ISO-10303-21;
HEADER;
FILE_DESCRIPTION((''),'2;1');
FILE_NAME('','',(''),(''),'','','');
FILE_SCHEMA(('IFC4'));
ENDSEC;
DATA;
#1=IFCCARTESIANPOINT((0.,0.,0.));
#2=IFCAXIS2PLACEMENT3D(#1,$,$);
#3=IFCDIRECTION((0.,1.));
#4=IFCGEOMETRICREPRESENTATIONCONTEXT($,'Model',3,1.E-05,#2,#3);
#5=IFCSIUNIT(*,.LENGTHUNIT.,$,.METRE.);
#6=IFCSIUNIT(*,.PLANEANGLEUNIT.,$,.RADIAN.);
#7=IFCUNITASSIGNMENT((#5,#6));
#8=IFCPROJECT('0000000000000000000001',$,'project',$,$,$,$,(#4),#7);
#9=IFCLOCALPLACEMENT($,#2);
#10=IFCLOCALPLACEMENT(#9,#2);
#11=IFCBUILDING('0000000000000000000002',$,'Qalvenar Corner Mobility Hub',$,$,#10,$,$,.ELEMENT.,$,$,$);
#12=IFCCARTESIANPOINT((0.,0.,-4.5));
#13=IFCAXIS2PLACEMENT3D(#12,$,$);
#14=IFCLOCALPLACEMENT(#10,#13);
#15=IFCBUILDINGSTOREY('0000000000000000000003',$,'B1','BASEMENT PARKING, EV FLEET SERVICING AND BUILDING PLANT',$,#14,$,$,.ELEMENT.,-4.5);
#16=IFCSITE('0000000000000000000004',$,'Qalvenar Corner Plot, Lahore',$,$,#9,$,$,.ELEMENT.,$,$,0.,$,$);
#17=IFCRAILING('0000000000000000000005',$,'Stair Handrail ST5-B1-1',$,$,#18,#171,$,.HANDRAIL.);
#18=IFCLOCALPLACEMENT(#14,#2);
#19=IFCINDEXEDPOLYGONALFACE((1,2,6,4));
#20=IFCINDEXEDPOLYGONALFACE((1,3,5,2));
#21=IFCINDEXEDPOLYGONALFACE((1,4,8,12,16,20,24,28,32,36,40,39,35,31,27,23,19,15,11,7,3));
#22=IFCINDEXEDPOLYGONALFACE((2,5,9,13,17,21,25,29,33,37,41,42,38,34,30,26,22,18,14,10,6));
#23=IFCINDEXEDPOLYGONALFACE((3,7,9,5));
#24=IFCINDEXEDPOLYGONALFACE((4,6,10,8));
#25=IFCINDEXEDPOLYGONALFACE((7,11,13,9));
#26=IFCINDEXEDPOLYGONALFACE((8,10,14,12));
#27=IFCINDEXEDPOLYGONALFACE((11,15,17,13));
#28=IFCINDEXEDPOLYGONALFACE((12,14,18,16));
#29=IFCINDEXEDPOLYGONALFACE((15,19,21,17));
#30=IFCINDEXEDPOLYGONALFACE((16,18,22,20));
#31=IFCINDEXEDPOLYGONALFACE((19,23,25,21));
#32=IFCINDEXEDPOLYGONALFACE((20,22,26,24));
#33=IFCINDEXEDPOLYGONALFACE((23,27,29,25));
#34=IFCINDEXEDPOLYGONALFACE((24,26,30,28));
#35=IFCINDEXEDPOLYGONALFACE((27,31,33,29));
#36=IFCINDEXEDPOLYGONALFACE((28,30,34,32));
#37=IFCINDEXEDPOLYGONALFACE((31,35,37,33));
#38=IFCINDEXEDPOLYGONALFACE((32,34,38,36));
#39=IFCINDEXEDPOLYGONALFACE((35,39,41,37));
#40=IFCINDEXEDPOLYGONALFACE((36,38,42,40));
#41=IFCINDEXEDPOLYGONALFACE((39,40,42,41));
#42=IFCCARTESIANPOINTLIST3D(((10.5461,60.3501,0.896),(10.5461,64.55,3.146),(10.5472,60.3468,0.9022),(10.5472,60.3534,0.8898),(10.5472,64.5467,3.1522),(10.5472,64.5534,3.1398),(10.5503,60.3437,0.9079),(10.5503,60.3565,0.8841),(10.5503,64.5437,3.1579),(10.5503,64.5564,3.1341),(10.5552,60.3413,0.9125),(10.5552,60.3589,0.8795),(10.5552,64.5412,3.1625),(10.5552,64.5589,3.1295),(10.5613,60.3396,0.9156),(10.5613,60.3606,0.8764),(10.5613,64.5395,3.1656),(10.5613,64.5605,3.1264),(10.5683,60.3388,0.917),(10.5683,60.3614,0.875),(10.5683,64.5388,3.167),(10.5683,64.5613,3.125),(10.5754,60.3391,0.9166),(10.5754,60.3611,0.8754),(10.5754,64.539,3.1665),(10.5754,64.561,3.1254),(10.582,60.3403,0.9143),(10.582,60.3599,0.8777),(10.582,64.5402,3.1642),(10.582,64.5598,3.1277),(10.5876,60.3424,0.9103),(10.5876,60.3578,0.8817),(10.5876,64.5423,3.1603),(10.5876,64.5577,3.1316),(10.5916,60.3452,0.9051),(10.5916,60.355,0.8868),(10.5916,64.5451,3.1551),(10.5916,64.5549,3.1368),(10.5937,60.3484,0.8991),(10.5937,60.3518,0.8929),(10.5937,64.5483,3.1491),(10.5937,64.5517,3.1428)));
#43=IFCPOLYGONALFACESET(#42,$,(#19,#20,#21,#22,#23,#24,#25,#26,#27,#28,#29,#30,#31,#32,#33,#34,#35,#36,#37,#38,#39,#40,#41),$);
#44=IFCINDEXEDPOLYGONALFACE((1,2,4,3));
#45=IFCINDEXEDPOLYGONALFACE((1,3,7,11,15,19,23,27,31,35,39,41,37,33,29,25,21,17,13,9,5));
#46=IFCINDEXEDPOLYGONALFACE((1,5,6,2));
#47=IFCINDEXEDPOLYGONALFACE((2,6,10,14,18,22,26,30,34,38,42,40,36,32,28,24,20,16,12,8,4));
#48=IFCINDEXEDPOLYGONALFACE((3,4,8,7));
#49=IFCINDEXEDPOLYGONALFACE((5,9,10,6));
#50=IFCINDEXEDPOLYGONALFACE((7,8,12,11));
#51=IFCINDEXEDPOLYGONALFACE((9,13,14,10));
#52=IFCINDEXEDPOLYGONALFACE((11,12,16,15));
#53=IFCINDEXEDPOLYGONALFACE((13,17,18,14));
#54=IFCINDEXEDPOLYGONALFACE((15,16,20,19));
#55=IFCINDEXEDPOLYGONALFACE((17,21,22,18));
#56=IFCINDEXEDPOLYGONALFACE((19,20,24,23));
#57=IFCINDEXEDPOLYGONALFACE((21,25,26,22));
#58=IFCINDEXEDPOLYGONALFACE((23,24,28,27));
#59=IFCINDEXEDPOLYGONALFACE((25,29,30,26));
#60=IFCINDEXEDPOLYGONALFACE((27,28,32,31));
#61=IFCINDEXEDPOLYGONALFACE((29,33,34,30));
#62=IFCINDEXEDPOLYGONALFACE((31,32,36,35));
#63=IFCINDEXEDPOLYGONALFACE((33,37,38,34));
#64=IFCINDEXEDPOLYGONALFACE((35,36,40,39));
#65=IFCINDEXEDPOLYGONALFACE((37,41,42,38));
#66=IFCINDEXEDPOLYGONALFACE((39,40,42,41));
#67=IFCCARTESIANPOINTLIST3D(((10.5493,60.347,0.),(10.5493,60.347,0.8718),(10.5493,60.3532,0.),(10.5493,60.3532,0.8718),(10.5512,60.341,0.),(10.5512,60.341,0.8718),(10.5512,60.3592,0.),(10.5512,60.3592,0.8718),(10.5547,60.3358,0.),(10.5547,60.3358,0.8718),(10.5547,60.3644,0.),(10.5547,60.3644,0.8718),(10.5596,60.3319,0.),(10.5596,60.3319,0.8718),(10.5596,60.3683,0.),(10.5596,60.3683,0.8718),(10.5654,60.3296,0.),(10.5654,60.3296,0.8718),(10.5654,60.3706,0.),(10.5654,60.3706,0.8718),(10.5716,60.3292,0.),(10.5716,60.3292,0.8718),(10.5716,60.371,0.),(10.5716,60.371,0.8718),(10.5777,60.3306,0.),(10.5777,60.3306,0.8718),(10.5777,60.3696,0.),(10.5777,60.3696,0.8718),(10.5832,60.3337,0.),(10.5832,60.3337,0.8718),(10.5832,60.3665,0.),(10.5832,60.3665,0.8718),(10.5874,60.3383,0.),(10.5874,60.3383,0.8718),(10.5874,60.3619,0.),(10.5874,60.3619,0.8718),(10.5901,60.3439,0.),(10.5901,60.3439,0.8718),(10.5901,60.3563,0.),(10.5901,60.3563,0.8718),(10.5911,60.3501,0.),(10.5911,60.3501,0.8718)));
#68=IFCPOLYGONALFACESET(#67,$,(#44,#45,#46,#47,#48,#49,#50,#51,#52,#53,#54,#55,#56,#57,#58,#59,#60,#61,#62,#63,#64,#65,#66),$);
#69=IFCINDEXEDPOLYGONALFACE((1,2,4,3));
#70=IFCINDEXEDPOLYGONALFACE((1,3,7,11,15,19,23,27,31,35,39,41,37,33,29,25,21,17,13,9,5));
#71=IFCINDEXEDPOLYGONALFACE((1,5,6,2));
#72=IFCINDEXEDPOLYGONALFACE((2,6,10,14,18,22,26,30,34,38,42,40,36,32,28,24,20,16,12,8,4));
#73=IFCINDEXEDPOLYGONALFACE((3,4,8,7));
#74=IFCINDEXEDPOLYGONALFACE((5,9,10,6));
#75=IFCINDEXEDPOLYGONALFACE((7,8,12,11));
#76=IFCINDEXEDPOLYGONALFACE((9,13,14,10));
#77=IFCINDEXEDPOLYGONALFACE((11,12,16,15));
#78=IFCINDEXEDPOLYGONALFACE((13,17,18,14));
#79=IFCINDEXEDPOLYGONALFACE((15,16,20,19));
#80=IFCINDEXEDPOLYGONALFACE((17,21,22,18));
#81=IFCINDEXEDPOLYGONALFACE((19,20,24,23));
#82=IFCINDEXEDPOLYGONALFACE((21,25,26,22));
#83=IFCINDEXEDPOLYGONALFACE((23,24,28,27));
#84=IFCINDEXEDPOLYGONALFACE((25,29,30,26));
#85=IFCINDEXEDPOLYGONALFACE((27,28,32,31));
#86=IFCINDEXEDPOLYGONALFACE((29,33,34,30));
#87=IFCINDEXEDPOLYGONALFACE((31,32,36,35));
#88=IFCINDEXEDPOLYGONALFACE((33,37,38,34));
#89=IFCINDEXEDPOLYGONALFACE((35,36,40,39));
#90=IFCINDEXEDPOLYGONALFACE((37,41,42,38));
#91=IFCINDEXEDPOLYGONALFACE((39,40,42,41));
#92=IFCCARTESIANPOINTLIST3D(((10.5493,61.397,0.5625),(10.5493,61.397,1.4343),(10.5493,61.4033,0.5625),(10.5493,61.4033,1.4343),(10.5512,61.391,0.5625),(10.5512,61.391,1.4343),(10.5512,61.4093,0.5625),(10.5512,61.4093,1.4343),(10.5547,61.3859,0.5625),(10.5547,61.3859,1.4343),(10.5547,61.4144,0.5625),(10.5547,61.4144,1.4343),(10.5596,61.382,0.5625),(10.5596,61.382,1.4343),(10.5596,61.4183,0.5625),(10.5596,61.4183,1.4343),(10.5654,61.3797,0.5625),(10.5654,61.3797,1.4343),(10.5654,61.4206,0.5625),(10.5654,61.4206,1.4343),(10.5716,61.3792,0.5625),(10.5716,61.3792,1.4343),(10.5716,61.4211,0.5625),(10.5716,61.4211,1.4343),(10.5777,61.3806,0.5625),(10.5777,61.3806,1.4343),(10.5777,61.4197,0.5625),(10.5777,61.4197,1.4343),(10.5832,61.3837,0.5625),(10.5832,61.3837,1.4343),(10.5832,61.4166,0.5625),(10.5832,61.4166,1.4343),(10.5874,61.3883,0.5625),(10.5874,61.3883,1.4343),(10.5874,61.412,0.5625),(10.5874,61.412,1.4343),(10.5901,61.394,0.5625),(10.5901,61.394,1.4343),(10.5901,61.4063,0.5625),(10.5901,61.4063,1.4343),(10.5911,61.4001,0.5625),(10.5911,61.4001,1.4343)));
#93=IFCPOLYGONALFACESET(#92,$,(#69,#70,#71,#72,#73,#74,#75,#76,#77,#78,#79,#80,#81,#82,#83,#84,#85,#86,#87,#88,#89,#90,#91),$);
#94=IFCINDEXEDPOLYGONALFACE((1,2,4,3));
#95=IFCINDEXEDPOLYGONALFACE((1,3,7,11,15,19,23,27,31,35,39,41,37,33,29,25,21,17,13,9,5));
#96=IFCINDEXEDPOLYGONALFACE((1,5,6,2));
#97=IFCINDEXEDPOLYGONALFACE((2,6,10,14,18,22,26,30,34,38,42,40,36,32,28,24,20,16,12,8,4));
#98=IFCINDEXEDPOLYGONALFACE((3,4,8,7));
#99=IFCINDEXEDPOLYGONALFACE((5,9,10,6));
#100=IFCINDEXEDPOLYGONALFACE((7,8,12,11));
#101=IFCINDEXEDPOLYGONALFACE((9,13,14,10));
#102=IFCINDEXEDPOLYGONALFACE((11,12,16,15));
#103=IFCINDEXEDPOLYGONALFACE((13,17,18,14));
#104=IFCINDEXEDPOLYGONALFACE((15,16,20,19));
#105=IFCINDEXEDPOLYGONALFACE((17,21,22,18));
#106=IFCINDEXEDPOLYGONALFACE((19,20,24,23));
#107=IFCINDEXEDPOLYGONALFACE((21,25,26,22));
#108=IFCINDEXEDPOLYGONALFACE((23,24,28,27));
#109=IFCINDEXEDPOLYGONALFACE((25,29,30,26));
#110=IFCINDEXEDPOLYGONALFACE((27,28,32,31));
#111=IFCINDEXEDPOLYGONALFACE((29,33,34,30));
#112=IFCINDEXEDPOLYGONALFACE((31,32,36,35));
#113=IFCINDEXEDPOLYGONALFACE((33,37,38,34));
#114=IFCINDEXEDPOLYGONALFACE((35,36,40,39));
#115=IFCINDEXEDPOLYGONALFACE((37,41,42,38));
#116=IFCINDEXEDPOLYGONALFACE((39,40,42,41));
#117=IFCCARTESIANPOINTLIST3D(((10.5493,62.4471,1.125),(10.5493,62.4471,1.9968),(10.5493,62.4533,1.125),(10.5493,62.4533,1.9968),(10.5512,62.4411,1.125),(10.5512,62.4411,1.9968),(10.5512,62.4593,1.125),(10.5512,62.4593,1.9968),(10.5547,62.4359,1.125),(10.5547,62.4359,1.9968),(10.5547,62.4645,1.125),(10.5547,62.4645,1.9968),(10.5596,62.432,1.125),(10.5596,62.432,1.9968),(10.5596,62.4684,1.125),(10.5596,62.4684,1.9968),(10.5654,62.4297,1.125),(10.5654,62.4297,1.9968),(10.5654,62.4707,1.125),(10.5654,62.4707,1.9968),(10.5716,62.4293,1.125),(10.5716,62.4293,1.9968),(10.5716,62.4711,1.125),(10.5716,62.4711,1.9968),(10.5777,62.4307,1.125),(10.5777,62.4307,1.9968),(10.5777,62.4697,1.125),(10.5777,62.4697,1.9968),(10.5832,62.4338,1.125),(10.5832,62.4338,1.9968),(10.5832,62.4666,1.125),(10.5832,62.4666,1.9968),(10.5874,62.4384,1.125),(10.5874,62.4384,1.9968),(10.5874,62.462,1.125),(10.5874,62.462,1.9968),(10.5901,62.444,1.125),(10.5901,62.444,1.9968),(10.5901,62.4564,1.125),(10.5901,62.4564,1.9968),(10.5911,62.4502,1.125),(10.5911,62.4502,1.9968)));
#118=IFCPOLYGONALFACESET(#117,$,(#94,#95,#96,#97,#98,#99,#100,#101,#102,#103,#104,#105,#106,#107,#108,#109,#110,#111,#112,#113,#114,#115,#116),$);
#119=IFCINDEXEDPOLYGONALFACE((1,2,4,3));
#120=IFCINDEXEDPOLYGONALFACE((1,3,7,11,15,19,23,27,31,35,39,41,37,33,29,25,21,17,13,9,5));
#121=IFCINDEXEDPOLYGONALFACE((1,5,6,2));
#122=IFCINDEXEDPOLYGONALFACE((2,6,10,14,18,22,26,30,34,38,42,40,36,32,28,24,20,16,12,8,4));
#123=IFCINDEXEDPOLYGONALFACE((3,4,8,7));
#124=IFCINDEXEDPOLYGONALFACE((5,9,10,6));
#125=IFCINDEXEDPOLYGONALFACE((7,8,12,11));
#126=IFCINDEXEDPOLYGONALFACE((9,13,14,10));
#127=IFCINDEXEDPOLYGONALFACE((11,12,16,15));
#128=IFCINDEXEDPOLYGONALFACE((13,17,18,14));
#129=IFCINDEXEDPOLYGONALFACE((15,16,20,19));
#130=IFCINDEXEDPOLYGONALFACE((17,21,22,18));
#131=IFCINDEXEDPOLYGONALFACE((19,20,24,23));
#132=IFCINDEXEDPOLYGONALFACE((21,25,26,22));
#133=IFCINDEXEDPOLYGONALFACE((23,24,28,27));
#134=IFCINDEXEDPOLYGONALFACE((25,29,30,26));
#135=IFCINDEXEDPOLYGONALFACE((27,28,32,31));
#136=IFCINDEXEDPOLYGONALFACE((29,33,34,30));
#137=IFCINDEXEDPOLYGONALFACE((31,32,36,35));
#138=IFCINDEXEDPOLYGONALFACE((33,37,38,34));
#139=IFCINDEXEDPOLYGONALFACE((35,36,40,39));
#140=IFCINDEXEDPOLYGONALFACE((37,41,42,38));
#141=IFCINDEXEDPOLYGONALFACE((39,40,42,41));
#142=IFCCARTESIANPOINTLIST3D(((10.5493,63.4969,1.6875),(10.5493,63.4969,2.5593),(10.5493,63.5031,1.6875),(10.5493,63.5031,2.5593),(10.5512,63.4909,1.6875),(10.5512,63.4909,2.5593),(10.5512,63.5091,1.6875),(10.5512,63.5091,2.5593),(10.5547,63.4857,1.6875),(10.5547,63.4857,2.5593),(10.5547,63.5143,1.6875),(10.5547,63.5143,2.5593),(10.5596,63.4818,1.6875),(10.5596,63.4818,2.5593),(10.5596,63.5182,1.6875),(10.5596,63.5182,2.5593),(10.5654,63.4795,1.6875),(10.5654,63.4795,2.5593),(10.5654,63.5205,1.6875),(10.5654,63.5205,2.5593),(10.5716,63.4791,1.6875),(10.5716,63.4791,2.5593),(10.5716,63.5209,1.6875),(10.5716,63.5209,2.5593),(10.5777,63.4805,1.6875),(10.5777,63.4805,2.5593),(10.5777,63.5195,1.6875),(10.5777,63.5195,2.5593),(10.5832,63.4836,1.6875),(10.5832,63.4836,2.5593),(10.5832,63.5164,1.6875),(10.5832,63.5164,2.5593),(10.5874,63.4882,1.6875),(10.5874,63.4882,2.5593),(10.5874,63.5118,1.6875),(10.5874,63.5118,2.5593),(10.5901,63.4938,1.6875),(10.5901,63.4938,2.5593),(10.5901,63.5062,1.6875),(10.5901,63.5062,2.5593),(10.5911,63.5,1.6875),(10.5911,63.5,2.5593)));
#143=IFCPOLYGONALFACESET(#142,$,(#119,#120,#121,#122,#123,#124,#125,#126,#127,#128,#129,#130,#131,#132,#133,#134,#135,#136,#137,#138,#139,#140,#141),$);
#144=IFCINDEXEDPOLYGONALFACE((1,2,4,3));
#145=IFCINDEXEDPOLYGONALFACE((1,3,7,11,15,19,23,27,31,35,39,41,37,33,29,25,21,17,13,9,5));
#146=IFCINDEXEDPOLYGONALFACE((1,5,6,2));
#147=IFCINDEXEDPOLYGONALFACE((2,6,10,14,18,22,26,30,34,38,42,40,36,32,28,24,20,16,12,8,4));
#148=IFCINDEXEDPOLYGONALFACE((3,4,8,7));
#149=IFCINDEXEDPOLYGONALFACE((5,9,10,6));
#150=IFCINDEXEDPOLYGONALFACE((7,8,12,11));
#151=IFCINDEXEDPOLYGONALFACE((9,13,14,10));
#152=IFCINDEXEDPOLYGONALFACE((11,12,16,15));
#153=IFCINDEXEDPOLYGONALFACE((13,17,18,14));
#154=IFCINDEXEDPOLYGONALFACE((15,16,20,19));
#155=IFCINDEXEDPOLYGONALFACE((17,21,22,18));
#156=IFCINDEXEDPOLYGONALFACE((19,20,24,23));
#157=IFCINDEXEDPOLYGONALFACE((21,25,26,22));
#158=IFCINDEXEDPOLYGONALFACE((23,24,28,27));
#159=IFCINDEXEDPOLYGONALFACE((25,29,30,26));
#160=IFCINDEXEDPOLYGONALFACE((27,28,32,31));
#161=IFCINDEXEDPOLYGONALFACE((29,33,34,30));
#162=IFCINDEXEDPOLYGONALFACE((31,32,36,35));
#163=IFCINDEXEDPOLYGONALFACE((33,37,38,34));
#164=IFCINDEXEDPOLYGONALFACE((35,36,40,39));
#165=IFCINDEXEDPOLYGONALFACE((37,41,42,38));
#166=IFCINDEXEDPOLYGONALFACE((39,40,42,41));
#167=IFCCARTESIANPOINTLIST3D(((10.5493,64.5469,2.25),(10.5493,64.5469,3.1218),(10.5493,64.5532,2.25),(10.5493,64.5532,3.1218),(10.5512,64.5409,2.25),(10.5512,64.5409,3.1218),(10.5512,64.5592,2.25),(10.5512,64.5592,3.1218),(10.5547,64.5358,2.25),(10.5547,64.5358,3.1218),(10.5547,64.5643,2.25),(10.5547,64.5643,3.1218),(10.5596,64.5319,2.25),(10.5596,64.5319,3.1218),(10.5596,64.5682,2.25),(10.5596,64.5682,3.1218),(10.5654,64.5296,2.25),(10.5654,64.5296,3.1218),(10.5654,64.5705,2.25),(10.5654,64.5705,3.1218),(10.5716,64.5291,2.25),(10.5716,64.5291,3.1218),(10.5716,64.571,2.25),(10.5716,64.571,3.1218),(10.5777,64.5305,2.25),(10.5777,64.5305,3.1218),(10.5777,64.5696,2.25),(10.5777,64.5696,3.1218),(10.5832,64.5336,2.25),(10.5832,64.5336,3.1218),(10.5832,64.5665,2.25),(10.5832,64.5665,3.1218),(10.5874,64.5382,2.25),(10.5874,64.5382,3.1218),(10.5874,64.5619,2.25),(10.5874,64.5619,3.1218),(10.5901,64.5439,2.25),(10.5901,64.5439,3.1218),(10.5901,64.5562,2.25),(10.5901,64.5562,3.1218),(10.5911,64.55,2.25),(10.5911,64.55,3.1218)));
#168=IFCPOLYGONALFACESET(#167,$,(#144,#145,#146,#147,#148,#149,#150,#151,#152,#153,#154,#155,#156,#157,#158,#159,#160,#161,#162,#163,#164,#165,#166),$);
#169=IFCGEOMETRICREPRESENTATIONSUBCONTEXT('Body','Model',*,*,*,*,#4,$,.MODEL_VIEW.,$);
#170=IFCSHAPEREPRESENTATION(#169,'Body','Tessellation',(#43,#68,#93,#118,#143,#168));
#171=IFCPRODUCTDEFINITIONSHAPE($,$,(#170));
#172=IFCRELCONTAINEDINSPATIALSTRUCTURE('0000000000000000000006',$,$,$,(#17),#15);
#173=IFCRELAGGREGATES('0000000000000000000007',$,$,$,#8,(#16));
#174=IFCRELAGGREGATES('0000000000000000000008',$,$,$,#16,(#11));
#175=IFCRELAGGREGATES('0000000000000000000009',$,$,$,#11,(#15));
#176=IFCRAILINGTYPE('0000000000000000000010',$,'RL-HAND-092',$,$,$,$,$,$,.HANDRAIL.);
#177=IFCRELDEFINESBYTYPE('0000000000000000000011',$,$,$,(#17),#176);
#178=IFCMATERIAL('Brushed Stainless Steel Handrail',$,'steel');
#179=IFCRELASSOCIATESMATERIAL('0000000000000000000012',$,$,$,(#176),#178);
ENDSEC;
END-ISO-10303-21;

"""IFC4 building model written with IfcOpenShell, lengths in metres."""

from ifc_helpers import new_model, si_unit, direction, frame, origin, origin_2d, place, context, subcontext, project, spatial, circle, extrude, material, type_object, element, save


model = new_model("IFC4")

# Units and contexts
model_context = context("Model", 3, precision=1e-05, world=origin(), true_north=direction((0.0, 1.0)))
body_context = subcontext(model_context, "Body", "Model", "MODEL_VIEW")
ifc_project = project(units=[si_unit("LENGTHUNIT", "METRE"), si_unit("PLANEANGLEUNIT", "RADIAN")], contexts=[model_context])

# Site, building, storey
site_placement = place(None, origin())
site = spatial("IfcSite", under=ifc_project, at=site_placement, Name="Qalvenar Corner Plot, Lahore", CompositionType="ELEMENT", RefElevation=0.0)
building_placement = place(site_placement, origin())
building = spatial("IfcBuilding", under=site, at=building_placement, Name="Qalvenar Corner Mobility Hub", CompositionType="ELEMENT")
storey_placement = place(building_placement, frame((0.0, 0.0, -4.5)))
storey = spatial("IfcBuildingStorey", under=building, at=storey_placement, Name="B1", Description="BASEMENT PARKING, EV FLEET SERVICING AND BUILDING PLANT", CompositionType="ELEMENT", Elevation=-4.5)

# Railing
ifc_material_1 = material(Name="Brushed Stainless Steel Handrail", Category="steel")
railing_type_1 = type_object("IfcRailingType", Name="RL-HAND-092", PredefinedType="HANDRAIL", material=ifc_material_1)
railing_1_placement = place(storey_placement, frame((10.5701, 60.3501, 0.0)))
element("IfcRailing", 1, at=railing_1_placement, inside=storey, type_object=railing_type_1, Name="Stair Handrail ST5-B1-1", PredefinedType="HANDRAIL", context=body_context, shape_type="SweptSolid", body=[
    extrude(circle(Radius=0.0239, at=origin_2d()), frame((0.0, 0.0, 0.896), z_axis=(0.0, 0.881478, 0.472226), x_axis=(-1.0, 0.0, 0.0)), (0.0, 0.0, 1.0), 4.7646),
    extrude(circle(Radius=0.021, at=origin_2d()), origin(), (0.0, 0.0, 1.0), 0.8718),
    extrude(circle(Radius=0.021, at=origin_2d()), frame((0.0, 1.05, 0.5625)), (0.0, 0.0, 1.0), 0.8718),
    extrude(circle(Radius=0.021, at=origin_2d()), frame((0.0, 2.1001, 1.125)), (0.0, 0.0, 1.0), 0.8718),
    extrude(circle(Radius=0.021, at=origin_2d()), frame((0.0, 3.1499, 1.6875)), (0.0, 0.0, 1.0), 0.8718),
    extrude(circle(Radius=0.021, at=origin_2d()), frame((0.0, 4.2, 2.25)), (0.0, 0.0, 1.0), 0.8718),
])

save(model, "model.ifc")
